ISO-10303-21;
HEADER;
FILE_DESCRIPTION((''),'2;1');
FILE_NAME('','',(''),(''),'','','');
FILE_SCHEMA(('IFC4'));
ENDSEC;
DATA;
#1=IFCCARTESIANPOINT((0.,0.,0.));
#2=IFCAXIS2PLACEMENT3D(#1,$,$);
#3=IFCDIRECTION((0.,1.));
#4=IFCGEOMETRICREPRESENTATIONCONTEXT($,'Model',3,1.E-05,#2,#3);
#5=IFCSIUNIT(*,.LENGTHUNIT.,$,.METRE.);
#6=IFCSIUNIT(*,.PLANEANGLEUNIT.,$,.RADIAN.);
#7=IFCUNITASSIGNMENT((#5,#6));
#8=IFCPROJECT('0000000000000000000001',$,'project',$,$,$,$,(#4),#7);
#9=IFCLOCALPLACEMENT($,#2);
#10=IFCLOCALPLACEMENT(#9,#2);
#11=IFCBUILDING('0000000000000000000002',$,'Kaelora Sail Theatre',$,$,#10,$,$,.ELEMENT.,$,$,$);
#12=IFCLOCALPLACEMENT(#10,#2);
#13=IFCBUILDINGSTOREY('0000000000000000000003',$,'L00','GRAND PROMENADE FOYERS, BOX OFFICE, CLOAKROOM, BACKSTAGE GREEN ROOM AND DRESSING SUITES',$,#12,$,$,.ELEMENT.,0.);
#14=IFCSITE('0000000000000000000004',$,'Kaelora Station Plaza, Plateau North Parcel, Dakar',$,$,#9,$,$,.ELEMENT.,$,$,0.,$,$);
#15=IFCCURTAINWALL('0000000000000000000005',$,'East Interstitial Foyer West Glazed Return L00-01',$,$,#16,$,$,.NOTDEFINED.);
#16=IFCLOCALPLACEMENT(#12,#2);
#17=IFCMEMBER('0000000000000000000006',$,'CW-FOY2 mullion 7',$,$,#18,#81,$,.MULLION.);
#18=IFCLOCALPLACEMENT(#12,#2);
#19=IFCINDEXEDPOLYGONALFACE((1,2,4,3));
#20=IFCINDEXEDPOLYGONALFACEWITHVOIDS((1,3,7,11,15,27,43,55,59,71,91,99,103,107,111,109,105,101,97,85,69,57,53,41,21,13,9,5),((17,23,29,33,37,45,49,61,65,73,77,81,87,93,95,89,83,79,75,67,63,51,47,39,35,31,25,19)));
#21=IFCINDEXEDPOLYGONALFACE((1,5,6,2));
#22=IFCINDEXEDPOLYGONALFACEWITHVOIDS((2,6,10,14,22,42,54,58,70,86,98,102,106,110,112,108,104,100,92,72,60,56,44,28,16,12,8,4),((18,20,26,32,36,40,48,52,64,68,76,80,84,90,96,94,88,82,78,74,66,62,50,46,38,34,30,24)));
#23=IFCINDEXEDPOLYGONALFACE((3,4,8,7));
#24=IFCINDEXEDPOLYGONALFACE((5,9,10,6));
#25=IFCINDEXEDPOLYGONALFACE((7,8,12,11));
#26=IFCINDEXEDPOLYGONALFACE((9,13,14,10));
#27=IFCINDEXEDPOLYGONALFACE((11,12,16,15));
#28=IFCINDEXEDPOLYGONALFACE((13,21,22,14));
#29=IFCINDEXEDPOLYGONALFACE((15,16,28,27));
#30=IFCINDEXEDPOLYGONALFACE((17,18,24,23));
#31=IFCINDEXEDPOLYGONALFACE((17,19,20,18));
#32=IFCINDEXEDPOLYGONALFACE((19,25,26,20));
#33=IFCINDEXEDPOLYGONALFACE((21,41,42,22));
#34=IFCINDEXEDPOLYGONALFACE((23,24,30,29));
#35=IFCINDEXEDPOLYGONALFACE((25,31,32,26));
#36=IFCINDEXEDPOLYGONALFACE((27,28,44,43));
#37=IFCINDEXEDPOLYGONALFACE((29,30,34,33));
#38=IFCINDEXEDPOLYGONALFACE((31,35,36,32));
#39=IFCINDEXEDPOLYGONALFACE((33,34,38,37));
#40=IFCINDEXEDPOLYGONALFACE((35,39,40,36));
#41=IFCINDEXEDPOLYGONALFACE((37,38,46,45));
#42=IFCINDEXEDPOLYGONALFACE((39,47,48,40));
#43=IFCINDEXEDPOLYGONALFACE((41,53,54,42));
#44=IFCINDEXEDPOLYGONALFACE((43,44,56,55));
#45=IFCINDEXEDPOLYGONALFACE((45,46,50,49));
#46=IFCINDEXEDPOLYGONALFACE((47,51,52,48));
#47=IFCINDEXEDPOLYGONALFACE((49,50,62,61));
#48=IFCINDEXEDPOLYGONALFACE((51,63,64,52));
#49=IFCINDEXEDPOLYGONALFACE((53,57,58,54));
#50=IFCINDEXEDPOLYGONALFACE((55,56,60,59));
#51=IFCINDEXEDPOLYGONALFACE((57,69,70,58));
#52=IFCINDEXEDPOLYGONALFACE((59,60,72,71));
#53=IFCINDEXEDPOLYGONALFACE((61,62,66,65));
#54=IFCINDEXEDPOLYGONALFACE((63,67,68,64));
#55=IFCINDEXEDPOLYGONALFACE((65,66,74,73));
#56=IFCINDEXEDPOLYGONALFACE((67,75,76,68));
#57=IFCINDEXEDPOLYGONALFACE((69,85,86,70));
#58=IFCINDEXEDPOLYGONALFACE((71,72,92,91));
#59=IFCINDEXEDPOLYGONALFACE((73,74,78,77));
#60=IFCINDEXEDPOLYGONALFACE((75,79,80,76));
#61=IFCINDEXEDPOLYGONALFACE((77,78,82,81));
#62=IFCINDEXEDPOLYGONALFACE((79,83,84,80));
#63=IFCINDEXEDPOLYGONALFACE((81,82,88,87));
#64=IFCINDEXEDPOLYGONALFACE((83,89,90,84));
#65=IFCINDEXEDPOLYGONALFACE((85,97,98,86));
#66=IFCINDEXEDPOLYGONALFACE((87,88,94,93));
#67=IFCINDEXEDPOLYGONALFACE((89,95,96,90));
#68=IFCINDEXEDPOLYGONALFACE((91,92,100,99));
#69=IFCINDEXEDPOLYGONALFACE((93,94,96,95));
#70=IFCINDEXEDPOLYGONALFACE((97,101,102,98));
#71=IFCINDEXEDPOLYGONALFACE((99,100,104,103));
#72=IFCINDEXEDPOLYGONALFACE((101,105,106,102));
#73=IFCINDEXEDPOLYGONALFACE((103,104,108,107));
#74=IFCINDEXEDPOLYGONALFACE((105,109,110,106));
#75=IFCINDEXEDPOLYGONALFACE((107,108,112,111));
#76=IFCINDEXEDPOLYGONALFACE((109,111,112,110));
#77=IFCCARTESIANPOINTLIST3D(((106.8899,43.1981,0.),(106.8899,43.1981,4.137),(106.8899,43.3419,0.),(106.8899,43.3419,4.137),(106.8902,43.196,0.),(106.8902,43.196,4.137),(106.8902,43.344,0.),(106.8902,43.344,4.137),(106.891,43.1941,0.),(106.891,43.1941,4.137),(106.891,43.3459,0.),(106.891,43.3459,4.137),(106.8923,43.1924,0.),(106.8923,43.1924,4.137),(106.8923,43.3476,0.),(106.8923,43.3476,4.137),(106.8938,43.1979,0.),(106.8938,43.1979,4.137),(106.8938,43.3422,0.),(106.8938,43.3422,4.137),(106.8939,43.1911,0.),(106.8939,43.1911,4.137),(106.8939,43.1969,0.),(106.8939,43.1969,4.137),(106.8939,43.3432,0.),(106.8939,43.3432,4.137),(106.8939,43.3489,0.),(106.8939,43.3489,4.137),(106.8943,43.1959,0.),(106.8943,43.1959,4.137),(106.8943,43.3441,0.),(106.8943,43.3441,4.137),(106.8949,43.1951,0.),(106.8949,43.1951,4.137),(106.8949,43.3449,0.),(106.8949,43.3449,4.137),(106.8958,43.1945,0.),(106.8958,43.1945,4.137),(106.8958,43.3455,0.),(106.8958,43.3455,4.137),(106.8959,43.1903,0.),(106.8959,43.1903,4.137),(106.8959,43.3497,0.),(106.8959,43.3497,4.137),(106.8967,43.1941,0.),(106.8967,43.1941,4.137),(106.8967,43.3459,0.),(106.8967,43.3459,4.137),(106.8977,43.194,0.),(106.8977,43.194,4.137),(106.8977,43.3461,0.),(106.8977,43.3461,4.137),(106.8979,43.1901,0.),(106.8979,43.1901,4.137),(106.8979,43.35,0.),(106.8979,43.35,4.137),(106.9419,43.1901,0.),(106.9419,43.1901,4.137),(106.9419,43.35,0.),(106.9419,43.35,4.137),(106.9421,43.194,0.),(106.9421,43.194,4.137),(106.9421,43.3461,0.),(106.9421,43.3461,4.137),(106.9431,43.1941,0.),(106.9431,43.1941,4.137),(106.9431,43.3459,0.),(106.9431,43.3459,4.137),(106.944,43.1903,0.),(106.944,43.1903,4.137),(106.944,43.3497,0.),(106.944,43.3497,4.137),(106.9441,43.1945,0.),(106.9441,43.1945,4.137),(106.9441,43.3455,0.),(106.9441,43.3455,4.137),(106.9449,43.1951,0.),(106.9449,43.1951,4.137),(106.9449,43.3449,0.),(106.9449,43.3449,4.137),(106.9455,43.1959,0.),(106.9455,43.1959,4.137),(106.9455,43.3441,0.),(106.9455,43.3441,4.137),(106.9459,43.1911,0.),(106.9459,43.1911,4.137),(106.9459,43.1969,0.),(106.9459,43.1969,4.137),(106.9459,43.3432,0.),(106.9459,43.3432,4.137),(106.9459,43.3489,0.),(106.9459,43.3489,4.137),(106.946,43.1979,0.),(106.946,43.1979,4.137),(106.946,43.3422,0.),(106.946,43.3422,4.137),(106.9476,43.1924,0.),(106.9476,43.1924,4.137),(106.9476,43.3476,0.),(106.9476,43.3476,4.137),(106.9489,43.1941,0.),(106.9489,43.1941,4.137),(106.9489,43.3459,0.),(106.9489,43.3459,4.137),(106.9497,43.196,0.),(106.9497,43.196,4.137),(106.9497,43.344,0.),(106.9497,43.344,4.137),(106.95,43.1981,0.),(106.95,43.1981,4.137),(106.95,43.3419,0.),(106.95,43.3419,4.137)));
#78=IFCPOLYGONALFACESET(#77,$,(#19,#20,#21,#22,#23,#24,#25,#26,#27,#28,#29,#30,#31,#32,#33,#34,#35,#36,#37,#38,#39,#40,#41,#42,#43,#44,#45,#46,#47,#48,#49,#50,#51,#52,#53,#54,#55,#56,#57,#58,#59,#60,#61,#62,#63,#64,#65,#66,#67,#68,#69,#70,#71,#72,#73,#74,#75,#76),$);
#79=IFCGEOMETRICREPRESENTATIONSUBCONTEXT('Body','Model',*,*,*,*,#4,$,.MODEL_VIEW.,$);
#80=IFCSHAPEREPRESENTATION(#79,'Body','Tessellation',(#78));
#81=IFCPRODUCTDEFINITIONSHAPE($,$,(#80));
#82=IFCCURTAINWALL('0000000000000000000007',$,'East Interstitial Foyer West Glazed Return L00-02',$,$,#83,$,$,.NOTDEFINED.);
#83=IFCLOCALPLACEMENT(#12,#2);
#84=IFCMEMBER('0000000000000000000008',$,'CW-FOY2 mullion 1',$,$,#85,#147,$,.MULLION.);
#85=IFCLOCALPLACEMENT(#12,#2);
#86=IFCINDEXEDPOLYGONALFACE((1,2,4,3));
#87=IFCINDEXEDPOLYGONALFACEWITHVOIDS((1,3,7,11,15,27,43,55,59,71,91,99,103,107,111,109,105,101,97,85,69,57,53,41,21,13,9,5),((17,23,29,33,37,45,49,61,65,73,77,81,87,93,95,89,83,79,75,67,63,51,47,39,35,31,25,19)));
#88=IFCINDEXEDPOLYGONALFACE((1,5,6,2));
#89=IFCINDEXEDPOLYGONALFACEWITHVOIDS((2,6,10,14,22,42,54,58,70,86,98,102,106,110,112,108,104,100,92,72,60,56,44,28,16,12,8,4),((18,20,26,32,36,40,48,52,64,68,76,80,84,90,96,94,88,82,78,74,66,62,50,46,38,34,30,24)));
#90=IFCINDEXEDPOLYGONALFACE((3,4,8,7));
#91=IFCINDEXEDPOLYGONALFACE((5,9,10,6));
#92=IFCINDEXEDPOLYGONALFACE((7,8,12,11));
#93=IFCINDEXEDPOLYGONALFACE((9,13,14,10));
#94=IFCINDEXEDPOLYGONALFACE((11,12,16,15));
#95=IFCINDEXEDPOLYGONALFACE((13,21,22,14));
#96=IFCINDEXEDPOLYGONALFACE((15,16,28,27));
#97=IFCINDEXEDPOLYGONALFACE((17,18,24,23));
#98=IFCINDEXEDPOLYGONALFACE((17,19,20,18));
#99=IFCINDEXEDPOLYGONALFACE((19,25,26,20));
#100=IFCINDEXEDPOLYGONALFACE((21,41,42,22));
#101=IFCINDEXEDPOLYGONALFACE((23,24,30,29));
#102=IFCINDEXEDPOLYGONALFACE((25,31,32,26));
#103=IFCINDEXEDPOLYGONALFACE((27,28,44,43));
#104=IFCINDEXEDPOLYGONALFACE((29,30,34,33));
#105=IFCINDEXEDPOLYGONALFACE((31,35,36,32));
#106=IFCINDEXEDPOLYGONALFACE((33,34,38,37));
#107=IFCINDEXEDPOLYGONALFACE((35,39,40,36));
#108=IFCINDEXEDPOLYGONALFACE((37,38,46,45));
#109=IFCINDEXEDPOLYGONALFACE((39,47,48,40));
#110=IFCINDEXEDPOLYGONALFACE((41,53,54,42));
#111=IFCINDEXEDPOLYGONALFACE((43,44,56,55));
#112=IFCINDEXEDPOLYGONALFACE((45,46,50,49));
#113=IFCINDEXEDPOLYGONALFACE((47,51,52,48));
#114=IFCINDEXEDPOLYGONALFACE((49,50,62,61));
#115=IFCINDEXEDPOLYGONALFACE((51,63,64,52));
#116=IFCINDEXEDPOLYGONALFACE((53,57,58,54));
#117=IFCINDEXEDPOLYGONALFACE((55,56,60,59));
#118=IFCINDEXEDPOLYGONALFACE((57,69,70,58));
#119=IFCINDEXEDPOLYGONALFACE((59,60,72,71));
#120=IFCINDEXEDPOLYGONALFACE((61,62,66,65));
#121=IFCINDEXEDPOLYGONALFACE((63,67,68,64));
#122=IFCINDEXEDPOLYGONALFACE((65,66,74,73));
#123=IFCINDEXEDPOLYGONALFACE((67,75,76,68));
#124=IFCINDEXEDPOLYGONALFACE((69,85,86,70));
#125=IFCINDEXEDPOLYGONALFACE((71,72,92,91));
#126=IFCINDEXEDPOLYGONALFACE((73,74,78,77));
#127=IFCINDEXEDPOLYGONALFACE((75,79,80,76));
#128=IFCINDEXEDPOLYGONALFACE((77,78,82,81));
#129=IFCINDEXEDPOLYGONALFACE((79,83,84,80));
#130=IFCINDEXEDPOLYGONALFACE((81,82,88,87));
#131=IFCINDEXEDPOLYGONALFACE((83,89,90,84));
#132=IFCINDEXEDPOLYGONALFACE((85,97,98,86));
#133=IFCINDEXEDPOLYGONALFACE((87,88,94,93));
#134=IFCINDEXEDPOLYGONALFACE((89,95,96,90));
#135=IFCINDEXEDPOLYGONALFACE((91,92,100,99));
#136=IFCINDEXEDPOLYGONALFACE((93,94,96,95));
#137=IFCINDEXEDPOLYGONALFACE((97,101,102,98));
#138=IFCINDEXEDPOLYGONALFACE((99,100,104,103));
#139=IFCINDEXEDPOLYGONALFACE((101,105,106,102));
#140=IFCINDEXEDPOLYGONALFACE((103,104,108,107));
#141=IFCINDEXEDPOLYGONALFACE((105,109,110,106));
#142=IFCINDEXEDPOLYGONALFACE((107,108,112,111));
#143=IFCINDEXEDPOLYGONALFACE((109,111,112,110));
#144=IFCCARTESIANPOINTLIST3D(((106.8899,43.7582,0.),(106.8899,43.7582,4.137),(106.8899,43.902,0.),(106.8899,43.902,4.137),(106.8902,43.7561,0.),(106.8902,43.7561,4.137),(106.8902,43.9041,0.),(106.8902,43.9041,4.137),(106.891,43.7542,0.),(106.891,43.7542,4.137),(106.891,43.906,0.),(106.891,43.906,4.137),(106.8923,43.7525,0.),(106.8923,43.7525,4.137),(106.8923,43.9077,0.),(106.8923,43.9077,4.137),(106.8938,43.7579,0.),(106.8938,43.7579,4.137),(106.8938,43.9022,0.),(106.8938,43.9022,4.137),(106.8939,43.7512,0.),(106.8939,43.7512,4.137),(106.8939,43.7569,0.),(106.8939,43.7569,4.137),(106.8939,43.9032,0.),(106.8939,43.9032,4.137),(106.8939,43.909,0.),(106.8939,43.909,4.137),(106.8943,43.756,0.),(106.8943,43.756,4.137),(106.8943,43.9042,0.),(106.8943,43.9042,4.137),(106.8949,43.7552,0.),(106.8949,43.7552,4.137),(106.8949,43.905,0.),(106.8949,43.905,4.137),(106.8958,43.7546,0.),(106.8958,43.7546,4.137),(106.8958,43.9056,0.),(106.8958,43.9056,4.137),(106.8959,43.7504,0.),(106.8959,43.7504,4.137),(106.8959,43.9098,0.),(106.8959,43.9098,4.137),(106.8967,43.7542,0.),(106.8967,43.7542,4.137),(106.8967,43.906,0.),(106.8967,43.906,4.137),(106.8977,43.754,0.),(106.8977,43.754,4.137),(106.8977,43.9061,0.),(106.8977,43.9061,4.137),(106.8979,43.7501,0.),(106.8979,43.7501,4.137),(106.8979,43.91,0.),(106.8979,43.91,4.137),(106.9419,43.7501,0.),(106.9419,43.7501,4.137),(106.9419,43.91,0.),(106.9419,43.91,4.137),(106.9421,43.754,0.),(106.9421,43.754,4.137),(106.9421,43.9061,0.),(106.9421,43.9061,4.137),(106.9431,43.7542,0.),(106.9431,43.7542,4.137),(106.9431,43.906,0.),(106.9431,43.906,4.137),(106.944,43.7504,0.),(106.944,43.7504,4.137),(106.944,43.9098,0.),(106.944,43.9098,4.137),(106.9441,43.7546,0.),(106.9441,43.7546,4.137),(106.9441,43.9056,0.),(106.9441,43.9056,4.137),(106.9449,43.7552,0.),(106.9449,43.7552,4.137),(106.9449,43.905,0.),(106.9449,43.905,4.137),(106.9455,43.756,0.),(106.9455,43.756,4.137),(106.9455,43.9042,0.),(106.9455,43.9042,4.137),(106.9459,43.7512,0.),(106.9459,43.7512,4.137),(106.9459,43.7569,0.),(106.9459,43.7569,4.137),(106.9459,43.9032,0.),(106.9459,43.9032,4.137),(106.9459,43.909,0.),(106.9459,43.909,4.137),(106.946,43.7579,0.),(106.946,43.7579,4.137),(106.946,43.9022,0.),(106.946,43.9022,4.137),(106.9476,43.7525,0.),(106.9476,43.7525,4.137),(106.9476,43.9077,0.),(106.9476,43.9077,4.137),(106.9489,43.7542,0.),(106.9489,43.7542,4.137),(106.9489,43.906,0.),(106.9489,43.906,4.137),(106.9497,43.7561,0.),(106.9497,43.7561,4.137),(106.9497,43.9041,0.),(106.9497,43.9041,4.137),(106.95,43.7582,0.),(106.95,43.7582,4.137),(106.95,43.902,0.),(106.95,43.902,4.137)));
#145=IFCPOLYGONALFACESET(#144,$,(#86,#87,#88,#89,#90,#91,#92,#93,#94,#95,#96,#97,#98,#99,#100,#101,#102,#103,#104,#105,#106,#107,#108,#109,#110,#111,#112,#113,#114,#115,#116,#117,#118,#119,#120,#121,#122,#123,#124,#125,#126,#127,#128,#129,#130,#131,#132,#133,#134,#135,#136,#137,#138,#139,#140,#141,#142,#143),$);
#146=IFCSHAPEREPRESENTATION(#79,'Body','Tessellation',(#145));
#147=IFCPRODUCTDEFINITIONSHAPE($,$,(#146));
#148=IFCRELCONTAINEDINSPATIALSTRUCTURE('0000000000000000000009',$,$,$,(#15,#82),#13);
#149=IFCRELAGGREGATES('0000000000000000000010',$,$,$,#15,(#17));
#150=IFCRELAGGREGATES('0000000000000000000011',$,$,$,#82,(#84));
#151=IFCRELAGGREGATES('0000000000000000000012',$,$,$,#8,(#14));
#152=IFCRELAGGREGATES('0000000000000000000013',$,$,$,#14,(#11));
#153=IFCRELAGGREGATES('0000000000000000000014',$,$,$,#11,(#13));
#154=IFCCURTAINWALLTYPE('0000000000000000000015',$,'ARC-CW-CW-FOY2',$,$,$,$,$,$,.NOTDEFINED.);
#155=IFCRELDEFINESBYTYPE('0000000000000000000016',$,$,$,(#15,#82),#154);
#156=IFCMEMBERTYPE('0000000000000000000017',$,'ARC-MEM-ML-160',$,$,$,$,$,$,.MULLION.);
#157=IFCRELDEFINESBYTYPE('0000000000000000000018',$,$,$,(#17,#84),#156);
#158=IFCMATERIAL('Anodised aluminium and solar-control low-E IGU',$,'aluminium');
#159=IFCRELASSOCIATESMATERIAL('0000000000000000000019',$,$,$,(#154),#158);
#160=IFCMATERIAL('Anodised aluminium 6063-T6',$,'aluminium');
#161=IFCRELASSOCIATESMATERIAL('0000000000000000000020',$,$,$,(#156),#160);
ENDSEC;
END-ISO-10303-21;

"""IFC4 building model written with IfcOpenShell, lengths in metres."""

from ifc_helpers import new_model, si_unit, direction, frame, origin, origin_2d, place, context, subcontext, project, spatial, hollow_rectangle, extrude, material, material_profile, profile_set, type_object, element, aggregate, save


model = new_model("IFC4")

# Units and contexts
model_context = context("Model", 3, precision=1e-05, world=origin(), true_north=direction((0.0, 1.0)))
body_context = subcontext(model_context, "Body", "Model", "MODEL_VIEW")
ifc_project = project(units=[si_unit("LENGTHUNIT", "METRE"), si_unit("PLANEANGLEUNIT", "RADIAN")], contexts=[model_context])

# Site, building, storey
site_placement = place(None, origin())
site = spatial("IfcSite", under=ifc_project, at=site_placement, Name="Kaelora Station Plaza, Plateau North Parcel, Dakar", CompositionType="ELEMENT", RefElevation=0.0)
building_placement = place(site_placement, origin())
building = spatial("IfcBuilding", under=site, at=building_placement, Name="Kaelora Sail Theatre", CompositionType="ELEMENT")
storey_placement = place(building_placement, origin())
storey = spatial("IfcBuildingStorey", under=building, at=storey_placement, Name="L00", Description="GRAND PROMENADE FOYERS, BOX OFFICE, CLOAKROOM, BACKSTAGE GREEN ROOM AND DRESSING SUITES", CompositionType="ELEMENT", Elevation=0.0)

# Curtain wall, member
ifc_material_1 = material(Name="Anodised aluminium and solar-control low-E IGU", Category="aluminium")
curtain_wall_type = type_object("IfcCurtainWallType", Name="ARC-CW-CW-FOY2", PredefinedType="NOTDEFINED", material=ifc_material_1)
curtain_wall_1_placement = place(storey_placement, origin())
curtain_wall_1 = element("IfcCurtainWall", 1, at=curtain_wall_1_placement, inside=storey, type_object=curtain_wall_type, Name="East Interstitial Foyer West Glazed Return L00-01", PredefinedType="NOTDEFINED")
ifc_material_2 = material(Name="Anodised aluminium 6063-T6", Category="aluminium")
ifc_material_profile_1 = material_profile(ifc_material_2, hollow_rectangle(XDim=0.0601, YDim=0.1599, WallThickness=0.0039, InnerFilletRadius=0.0039, OuterFilletRadius=0.0081, at=origin_2d()), Name="ALU-MULL 60x160x4")
ifc_profile_set_1 = profile_set([ifc_material_profile_1], Name="Anodised aluminium 6063-T6")
member_type_1 = type_object("IfcMemberType", Name="ARC-MEM-ML-160", PredefinedType="MULLION", material=ifc_profile_set_1)
member_1_placement = place(storey_placement, frame((106.9199, 43.27, 0.0), z_axis=(0.0, 0.0, 1.0), x_axis=(-1.0, 0.0, 0.0)))
member_1 = element("IfcMember", 2, at=member_1_placement, type_object=member_type_1, Name="CW-FOY2 mullion 7", PredefinedType="MULLION", context=body_context, shape_type="SweptSolid", body=[
    extrude(hollow_rectangle(XDim=0.0601, YDim=0.1599, WallThickness=0.0039, InnerFilletRadius=0.0039, OuterFilletRadius=0.0081, at=origin_2d()), origin(), (0.0, 0.0, 1.0), 4.137),
])
aggregate(curtain_wall_1, [member_1])

# Curtain wall, member
curtain_wall_2_placement = place(storey_placement, origin())
curtain_wall_2 = element("IfcCurtainWall", 3, at=curtain_wall_2_placement, inside=storey, type_object=curtain_wall_type, Name="East Interstitial Foyer West Glazed Return L00-02", PredefinedType="NOTDEFINED")
member_2_placement = place(storey_placement, frame((106.9199, 43.8301, 0.0), z_axis=(0.0, 0.0, 1.0), x_axis=(-1.0, 0.0, 0.0)))
member_2 = element("IfcMember", 4, at=member_2_placement, type_object=member_type_1, Name="CW-FOY2 mullion 1", PredefinedType="MULLION", context=body_context, shape_type="SweptSolid", body=[
    extrude(hollow_rectangle(XDim=0.0601, YDim=0.1599, WallThickness=0.0039, InnerFilletRadius=0.0039, OuterFilletRadius=0.0081, at=origin_2d()), origin(), (0.0, 0.0, 1.0), 4.137),
])

aggregate(curtain_wall_2, [member_2])

save(model, "model.ifc")
